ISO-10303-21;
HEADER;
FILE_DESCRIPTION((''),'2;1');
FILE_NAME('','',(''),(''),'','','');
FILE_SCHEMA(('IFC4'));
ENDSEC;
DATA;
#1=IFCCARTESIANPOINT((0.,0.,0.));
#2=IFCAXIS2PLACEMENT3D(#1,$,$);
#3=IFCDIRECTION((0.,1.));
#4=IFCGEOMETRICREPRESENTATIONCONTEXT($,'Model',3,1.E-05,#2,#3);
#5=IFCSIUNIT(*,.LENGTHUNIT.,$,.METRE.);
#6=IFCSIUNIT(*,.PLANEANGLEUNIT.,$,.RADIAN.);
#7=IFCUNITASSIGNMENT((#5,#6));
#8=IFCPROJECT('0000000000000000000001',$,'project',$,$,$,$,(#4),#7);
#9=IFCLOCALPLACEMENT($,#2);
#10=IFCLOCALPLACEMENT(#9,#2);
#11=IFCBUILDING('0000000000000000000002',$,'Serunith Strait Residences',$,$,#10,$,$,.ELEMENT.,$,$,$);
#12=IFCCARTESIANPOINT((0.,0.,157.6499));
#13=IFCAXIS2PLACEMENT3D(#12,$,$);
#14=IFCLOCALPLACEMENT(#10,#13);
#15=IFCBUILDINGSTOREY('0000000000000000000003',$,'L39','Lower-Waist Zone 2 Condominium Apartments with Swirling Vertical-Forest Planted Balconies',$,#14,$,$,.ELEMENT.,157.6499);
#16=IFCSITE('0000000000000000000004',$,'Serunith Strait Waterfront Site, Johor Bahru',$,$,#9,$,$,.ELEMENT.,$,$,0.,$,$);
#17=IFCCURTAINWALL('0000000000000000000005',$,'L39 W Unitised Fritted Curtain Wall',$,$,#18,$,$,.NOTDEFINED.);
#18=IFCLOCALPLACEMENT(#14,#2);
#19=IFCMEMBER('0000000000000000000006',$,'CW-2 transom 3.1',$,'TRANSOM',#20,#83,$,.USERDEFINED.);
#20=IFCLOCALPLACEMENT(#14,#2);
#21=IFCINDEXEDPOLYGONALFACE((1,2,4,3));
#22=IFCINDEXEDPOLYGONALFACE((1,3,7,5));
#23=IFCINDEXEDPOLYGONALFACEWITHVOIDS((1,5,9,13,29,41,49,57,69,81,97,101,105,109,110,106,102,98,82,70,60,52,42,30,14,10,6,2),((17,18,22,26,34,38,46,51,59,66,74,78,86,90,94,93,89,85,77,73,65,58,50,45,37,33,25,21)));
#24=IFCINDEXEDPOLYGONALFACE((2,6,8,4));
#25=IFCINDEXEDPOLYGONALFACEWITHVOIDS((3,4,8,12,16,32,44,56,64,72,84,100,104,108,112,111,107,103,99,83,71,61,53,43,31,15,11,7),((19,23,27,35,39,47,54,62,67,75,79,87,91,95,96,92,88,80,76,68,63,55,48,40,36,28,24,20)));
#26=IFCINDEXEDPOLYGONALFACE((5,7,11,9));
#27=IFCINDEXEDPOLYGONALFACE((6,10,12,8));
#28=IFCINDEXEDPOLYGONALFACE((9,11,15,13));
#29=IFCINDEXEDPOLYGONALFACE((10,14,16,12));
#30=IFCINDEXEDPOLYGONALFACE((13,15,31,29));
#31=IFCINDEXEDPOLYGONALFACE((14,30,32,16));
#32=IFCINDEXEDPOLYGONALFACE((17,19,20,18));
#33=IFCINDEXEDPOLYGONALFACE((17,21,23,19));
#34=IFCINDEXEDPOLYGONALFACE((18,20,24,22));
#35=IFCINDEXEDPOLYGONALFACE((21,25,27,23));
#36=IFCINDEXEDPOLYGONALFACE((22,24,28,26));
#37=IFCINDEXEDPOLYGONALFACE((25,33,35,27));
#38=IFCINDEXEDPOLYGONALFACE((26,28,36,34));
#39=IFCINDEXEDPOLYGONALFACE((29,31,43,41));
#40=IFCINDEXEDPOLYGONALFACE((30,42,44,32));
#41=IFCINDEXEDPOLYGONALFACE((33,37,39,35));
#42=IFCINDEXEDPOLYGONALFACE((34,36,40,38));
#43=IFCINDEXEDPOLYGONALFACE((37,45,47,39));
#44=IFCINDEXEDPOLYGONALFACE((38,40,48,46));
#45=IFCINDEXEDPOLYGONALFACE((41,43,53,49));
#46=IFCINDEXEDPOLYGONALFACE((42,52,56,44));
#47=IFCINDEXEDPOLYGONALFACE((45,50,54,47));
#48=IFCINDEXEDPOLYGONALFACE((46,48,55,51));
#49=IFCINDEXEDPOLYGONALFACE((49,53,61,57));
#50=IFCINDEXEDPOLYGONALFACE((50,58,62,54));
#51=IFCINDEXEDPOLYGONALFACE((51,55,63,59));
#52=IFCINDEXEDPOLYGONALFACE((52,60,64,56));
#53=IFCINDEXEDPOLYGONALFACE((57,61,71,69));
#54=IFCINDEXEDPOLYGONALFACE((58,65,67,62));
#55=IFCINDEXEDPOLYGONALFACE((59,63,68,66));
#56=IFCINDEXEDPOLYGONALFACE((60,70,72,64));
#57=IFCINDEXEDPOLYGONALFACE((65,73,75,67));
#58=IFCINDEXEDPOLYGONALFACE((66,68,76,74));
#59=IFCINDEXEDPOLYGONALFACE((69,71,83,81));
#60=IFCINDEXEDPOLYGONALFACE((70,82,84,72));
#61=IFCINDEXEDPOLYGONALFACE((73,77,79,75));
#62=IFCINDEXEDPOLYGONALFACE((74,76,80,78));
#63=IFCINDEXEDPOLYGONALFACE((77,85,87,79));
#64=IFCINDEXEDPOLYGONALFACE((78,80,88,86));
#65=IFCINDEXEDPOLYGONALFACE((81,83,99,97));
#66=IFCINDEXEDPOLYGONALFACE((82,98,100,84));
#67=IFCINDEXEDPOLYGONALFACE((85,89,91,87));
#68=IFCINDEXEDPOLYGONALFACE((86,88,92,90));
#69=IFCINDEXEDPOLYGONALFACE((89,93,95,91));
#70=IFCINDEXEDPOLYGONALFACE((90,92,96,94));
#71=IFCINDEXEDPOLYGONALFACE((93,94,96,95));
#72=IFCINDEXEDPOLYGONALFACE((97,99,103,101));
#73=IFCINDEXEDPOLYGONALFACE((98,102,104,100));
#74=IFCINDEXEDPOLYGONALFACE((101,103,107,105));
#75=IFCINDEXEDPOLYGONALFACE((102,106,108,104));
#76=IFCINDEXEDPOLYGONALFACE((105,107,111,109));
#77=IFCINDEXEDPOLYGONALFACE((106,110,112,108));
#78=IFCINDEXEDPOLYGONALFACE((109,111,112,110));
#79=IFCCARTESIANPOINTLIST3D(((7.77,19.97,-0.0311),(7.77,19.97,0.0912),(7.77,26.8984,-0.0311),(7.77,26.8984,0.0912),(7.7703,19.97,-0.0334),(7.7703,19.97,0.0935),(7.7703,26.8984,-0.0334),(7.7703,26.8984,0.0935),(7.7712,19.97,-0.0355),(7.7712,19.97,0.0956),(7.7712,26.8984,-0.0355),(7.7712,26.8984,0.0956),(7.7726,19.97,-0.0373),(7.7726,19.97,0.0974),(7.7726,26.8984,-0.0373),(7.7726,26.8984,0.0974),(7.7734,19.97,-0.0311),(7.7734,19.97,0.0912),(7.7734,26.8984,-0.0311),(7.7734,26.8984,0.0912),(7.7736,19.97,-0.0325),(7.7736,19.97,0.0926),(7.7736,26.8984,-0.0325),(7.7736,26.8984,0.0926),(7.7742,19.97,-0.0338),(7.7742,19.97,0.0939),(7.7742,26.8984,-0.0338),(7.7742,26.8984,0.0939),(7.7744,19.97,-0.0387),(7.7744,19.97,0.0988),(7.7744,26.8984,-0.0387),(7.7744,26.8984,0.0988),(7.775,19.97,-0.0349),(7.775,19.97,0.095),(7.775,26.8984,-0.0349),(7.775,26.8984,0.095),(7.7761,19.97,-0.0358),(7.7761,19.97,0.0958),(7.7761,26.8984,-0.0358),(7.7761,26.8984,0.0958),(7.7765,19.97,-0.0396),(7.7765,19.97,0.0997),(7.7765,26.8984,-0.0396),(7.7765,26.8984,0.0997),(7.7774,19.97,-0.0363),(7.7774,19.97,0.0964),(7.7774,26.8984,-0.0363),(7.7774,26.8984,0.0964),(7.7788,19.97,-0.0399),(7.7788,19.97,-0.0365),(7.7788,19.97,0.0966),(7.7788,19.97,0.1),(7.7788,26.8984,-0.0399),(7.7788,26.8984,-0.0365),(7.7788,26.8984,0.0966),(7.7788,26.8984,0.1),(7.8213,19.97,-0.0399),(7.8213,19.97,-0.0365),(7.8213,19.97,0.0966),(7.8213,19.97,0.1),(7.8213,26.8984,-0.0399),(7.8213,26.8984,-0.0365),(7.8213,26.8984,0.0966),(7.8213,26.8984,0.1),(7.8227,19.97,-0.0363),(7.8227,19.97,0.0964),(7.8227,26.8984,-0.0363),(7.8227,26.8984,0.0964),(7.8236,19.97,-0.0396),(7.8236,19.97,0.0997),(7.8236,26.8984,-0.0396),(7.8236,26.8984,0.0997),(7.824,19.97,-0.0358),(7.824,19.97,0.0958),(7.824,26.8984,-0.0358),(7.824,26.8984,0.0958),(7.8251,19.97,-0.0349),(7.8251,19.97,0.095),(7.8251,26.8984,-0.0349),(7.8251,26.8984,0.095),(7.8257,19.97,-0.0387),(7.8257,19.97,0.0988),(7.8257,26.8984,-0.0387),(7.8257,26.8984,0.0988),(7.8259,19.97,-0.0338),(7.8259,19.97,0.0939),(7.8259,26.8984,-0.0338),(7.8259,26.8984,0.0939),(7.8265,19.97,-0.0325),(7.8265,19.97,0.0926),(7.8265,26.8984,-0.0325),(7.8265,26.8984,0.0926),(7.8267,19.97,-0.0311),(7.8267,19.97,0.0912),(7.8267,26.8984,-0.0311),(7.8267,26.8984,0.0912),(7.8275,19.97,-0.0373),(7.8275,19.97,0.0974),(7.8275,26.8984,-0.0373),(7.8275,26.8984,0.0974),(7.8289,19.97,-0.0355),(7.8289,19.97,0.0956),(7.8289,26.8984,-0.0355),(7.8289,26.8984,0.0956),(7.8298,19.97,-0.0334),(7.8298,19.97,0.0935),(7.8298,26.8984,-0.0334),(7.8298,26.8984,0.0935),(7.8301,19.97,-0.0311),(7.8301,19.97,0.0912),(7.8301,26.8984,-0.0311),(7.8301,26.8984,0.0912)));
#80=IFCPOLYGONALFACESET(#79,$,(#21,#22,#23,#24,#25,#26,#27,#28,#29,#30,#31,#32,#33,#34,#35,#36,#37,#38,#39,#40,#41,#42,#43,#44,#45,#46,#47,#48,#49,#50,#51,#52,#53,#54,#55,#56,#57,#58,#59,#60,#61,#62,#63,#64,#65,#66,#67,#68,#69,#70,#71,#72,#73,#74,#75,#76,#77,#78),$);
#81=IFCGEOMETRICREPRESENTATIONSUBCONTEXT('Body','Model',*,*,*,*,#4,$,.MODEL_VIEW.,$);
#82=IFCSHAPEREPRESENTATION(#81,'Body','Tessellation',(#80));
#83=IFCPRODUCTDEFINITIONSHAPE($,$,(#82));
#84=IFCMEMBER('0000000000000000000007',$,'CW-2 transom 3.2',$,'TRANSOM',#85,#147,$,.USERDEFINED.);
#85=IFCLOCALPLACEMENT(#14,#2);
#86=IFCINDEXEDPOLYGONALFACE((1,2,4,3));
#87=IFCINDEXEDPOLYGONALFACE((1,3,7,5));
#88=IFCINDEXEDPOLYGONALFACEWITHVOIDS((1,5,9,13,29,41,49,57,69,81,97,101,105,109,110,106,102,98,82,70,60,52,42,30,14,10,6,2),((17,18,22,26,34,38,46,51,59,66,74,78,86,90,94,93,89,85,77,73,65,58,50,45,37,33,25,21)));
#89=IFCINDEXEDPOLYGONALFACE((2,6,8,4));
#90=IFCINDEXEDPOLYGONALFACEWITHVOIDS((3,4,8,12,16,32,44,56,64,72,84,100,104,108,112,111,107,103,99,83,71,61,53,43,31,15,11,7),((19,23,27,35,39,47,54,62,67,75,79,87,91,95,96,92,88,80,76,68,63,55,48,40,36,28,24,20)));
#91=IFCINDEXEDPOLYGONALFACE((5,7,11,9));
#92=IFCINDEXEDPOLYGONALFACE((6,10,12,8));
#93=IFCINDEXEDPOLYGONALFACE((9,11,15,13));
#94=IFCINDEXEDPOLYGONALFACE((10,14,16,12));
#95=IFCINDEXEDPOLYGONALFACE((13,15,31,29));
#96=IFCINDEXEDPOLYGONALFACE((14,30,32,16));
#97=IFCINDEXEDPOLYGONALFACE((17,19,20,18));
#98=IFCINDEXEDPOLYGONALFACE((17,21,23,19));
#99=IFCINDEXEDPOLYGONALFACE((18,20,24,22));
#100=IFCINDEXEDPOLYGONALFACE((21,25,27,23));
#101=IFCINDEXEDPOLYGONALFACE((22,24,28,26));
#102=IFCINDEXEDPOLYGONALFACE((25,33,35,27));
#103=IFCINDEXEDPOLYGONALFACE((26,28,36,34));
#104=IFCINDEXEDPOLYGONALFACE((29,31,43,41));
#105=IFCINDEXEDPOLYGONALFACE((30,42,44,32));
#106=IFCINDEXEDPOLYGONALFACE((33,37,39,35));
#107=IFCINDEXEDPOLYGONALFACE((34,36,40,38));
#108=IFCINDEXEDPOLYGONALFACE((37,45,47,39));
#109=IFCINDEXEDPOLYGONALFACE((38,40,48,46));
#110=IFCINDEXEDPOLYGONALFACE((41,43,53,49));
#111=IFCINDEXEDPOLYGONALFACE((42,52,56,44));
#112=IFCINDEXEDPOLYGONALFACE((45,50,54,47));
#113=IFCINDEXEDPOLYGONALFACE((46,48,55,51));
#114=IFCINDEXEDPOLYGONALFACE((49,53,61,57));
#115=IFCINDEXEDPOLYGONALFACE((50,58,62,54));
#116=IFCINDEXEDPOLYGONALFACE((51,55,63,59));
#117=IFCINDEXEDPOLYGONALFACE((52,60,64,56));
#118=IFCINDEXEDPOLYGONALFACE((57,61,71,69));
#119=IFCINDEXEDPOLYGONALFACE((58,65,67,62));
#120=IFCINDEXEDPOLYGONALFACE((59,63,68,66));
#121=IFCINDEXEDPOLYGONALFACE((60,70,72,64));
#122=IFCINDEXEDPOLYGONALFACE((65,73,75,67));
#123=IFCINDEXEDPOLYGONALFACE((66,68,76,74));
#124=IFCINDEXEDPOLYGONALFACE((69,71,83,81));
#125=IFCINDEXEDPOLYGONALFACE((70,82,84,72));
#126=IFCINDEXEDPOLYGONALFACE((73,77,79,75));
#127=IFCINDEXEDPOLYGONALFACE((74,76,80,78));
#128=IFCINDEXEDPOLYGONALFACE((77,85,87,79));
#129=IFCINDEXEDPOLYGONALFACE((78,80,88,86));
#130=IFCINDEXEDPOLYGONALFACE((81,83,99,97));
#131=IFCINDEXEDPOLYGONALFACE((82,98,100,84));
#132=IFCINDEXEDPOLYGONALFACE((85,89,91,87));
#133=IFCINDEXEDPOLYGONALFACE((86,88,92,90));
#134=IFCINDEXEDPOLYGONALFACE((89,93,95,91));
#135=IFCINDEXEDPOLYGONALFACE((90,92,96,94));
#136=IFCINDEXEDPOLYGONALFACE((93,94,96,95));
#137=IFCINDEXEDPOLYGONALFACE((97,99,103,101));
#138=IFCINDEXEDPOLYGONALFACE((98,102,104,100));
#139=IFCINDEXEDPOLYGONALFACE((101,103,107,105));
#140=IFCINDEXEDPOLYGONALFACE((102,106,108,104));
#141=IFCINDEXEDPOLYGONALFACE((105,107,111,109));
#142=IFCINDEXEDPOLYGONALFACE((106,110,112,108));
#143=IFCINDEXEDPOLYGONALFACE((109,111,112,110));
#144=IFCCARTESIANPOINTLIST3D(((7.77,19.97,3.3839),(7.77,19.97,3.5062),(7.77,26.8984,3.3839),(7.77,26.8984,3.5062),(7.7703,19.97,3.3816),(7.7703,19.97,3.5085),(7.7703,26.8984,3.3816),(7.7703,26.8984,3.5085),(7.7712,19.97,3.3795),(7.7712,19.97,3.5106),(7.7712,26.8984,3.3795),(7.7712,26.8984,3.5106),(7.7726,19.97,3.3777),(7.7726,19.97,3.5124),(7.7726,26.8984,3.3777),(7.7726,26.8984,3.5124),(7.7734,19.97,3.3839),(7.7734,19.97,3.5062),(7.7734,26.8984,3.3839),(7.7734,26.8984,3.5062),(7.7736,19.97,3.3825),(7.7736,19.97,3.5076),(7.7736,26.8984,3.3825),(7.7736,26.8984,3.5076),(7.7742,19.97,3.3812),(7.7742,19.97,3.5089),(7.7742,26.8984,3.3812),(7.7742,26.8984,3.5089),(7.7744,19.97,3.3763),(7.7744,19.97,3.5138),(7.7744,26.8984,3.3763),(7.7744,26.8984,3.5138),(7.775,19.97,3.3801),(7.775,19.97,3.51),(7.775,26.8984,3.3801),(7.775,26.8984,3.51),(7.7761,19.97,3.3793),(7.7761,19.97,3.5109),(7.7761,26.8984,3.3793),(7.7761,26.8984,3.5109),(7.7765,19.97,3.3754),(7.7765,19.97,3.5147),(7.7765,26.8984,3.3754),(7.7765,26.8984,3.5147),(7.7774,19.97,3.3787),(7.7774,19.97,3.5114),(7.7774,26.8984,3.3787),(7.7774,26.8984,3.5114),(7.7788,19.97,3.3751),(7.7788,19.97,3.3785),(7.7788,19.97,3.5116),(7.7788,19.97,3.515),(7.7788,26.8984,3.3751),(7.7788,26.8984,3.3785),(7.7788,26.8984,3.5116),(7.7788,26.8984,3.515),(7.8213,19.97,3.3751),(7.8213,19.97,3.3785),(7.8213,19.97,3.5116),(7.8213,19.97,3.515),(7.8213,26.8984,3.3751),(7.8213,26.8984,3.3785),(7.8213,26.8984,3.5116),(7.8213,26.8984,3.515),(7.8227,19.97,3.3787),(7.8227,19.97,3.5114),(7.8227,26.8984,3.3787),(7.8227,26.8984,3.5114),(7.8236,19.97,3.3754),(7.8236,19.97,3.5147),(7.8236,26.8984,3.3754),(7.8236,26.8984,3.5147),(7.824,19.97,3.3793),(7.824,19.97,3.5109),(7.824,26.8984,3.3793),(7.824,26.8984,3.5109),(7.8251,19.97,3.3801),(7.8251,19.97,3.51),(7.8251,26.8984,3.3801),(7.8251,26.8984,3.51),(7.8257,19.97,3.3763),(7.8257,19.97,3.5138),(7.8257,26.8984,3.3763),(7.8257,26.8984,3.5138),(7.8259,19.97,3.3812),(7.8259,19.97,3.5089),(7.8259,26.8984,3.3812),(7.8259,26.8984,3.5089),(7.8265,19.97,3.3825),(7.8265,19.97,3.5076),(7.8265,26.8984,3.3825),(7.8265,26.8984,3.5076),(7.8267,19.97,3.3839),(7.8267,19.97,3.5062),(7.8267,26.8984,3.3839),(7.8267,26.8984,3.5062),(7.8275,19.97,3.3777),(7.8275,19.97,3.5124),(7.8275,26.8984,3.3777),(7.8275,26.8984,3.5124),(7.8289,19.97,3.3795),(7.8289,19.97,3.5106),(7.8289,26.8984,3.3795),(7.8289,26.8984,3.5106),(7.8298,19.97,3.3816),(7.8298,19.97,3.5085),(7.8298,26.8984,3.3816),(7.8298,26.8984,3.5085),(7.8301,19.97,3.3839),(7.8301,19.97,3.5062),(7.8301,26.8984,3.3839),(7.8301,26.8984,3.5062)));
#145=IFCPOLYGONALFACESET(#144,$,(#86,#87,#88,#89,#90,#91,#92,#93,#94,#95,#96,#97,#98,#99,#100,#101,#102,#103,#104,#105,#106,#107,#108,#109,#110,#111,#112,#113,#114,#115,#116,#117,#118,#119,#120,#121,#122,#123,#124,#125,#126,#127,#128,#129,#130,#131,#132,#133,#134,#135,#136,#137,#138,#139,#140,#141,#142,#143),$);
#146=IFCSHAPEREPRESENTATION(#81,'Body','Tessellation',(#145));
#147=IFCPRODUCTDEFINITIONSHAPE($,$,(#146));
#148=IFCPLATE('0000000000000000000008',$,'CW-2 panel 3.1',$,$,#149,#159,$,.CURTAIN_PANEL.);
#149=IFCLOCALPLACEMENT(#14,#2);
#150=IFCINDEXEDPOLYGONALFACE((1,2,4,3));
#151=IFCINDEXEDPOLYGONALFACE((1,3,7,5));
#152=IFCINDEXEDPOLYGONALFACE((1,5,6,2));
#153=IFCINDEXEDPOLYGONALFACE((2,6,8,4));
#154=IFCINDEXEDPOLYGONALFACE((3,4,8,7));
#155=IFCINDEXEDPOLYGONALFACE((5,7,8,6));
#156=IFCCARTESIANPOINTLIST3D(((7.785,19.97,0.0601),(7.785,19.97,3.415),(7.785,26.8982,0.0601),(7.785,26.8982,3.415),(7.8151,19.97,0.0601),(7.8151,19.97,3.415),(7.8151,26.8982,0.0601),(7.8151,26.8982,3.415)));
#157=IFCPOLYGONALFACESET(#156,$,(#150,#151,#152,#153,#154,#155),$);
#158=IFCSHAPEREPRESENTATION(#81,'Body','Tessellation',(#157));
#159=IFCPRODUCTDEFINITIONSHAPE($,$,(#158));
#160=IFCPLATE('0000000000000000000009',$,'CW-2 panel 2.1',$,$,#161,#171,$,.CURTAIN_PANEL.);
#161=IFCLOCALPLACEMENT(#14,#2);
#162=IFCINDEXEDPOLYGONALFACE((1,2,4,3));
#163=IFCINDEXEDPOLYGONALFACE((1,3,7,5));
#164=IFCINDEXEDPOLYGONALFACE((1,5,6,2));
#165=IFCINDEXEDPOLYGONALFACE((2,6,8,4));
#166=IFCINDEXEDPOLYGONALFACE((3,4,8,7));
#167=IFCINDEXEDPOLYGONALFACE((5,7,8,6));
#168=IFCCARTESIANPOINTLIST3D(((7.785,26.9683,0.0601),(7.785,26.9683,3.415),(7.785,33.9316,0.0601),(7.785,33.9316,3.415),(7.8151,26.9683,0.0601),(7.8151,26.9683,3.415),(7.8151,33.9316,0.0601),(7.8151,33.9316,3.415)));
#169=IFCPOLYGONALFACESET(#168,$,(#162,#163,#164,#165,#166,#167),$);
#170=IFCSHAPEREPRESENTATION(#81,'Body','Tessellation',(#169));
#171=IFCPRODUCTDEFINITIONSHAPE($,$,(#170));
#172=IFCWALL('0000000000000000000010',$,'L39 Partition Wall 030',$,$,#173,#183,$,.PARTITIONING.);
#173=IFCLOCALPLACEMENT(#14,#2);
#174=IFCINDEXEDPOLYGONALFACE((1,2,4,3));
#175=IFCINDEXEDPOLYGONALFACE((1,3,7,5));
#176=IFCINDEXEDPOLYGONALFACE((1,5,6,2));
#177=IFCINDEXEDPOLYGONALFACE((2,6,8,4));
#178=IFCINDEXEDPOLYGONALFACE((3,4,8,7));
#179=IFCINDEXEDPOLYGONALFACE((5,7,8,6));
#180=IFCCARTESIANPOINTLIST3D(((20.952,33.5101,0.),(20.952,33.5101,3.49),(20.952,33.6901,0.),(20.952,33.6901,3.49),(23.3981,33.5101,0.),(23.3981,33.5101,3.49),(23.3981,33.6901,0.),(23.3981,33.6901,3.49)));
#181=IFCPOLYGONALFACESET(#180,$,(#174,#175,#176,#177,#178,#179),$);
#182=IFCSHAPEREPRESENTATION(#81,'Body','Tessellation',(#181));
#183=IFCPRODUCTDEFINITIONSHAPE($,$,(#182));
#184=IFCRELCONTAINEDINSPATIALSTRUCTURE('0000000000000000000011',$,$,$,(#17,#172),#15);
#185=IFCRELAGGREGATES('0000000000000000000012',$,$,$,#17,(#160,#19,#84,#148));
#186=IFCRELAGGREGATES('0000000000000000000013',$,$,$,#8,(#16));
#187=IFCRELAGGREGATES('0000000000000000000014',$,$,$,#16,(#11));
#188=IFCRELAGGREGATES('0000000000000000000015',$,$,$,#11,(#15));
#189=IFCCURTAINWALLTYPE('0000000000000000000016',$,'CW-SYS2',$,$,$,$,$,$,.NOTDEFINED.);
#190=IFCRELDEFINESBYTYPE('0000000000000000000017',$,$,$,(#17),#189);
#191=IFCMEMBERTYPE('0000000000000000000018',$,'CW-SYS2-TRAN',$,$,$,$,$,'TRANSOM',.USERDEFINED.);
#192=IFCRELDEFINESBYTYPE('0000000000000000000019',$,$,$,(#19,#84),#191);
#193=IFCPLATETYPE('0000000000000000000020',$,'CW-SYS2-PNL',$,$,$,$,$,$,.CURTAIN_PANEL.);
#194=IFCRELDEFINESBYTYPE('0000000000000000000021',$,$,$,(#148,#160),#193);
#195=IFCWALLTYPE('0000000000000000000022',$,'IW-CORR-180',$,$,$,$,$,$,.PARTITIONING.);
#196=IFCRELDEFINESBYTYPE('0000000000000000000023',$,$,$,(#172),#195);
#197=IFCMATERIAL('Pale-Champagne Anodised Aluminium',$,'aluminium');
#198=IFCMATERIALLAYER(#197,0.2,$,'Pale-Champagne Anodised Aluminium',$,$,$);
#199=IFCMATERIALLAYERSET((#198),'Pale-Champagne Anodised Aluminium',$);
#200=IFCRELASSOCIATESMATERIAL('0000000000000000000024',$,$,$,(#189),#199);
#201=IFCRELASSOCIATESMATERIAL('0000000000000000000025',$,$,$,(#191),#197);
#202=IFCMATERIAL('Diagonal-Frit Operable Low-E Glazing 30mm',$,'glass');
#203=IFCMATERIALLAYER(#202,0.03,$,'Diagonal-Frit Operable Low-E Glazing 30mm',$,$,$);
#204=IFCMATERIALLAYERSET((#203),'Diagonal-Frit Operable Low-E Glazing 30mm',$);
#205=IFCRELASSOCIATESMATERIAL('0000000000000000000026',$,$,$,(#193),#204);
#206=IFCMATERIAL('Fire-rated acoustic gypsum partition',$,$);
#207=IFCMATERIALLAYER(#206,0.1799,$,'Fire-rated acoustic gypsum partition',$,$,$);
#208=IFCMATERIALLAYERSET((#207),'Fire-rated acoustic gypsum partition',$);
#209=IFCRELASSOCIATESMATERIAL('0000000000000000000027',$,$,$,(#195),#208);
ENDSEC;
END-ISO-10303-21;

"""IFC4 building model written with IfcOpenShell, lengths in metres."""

from ifc_helpers import new_model, si_unit, direction, frame, frame_2d, origin, origin_2d, place, context, subcontext, project, spatial, rectangle, hollow_rectangle, extrude, source, transform, mapped, material, layer, layer_set, material_profile, profile_set, type_object, element, aggregate, save


model = new_model("IFC4")

# Units and contexts
model_context = context("Model", 3, precision=1e-05, world=origin(), true_north=direction((0.0, 1.0)))
body_context = subcontext(model_context, "Body", "Model", "MODEL_VIEW")
ifc_project = project(units=[si_unit("LENGTHUNIT", "METRE"), si_unit("PLANEANGLEUNIT", "RADIAN")], contexts=[model_context])

# Site, building, storey
site_placement = place(None, origin())
site = spatial("IfcSite", under=ifc_project, at=site_placement, Name="Serunith Strait Waterfront Site, Johor Bahru", CompositionType="ELEMENT", RefElevation=0.0)
building_placement = place(site_placement, origin())
building = spatial("IfcBuilding", under=site, at=building_placement, Name="Serunith Strait Residences", CompositionType="ELEMENT")
storey_placement = place(building_placement, frame((0.0, 0.0, 157.6499)))
storey = spatial("IfcBuildingStorey", under=building, at=storey_placement, Name="L39", Description="Lower-Waist Zone 2 Condominium Apartments with Swirling Vertical-Forest Planted Balconies", CompositionType="ELEMENT", Elevation=157.6499)

# Curtain wall, members, plates
ifc_material_1 = material(Name="Pale-Champagne Anodised Aluminium", Category="aluminium")
ifc_layer_1 = layer(ifc_material_1, 0.2, Name="Pale-Champagne Anodised Aluminium")
ifc_layer_set_1 = layer_set([ifc_layer_1], Name="Pale-Champagne Anodised Aluminium")
curtain_wall_type = type_object("IfcCurtainWallType", Name="CW-SYS2", PredefinedType="NOTDEFINED", material=ifc_layer_set_1)
curtain_wall_placement = place(storey_placement, origin())
curtain_wall = element("IfcCurtainWall", 1, at=curtain_wall_placement, inside=storey, type_object=curtain_wall_type, Name="L39 W Unitised Fritted Curtain Wall", PredefinedType="NOTDEFINED")
ifc_material_profile_1 = material_profile(ifc_material_1, hollow_rectangle(XDim=0.0601, YDim=0.1399, WallThickness=0.0034, InnerFilletRadius=0.0054, OuterFilletRadius=0.0088, at=origin_2d()), Name="ALU 140x60x3.5")
ifc_profile_set_1 = profile_set([ifc_material_profile_1], Name="Pale-Champagne Anodised Aluminium")
member_type_1 = type_object("IfcMemberType", Name="CW-SYS2-TRAN", ElementType="TRANSOM", PredefinedType="USERDEFINED", material=ifc_profile_set_1)
shared_shape_1 = source(origin(), body_context, "Body", "SweptSolid", [
    extrude(hollow_rectangle(XDim=0.0601, YDim=0.1399, WallThickness=0.0034, InnerFilletRadius=0.0054, OuterFilletRadius=0.0088, at=origin_2d()), origin(), (0.0, 0.0, 1.0), 6.9285),
])
member_1_placement = place(storey_placement, frame((7.8, 26.8984, 0.03), z_axis=(0.0, -1.0, 0.0), x_axis=(1.0, 0.0, 0.0)))
member_1 = element("IfcMember", 2, at=member_1_placement, type_object=member_type_1, Name="CW-2 transom 3.1", ObjectType="TRANSOM", PredefinedType="USERDEFINED", context=body_context, shape_type="MappedRepresentation", body=[
    mapped(shared_shape_1, transform((0.0, 0.0, 0.0), scale=1.0)),
])
member_2_placement = place(storey_placement, frame((7.8, 26.8984, 3.4451), z_axis=(0.0, -1.0, 0.0), x_axis=(1.0, 0.0, 0.0)))
member_2 = element("IfcMember", 3, at=member_2_placement, type_object=member_type_1, Name="CW-2 transom 3.2", ObjectType="TRANSOM", PredefinedType="USERDEFINED", context=body_context, shape_type="MappedRepresentation", body=[
    mapped(shared_shape_1, transform((0.0, 0.0, 0.0), scale=1.0)),
])
ifc_material_2 = material(Name="Diagonal-Frit Operable Low-E Glazing 30mm", Category="glass")
ifc_layer_2 = layer(ifc_material_2, 0.03, Name="Diagonal-Frit Operable Low-E Glazing 30mm")
ifc_layer_set_2 = layer_set([ifc_layer_2], Name="Diagonal-Frit Operable Low-E Glazing 30mm")
plate_type = type_object("IfcPlateType", Name="CW-SYS2-PNL", PredefinedType="CURTAIN_PANEL", material=ifc_layer_set_2)
shared_shape_2 = source(origin(), body_context, "Body", "SweptSolid", [
    extrude(rectangle(XDim=6.9282, YDim=0.03, at=origin_2d()), origin(), (0.0, 0.0, 1.0), 3.355),
])
plate_1_placement = place(storey_placement, frame((7.8, 23.4341, 0.0601), z_axis=(0.0, 0.0, 1.0), x_axis=(0.0, -1.0, 0.0)))
plate_1 = element("IfcPlate", 4, at=plate_1_placement, type_object=plate_type, Name="CW-2 panel 3.1", PredefinedType="CURTAIN_PANEL", context=body_context, shape_type="MappedRepresentation", body=[
    mapped(shared_shape_2, transform((0.0, 0.0, 0.0), scale=1.0)),
])
shared_shape_3 = source(origin(), body_context, "Body", "SweptSolid", [
    extrude(rectangle(XDim=6.9634, YDim=0.03, at=origin_2d()), origin(), (0.0, 0.0, 1.0), 3.355),
])
plate_2_placement = place(storey_placement, frame((7.8, 30.45, 0.0601), z_axis=(0.0, 0.0, 1.0), x_axis=(0.0, -1.0, 0.0)))
plate_2 = element("IfcPlate", 5, at=plate_2_placement, type_object=plate_type, Name="CW-2 panel 2.1", PredefinedType="CURTAIN_PANEL", context=body_context, shape_type="MappedRepresentation", body=[
    mapped(shared_shape_3, transform((0.0, 0.0, 0.0), scale=1.0)),
])
aggregate(curtain_wall, [plate_2, member_1, member_2, plate_1])

# Wall
ifc_material_3 = material(Name="Fire-rated acoustic gypsum partition")
ifc_layer_3 = layer(ifc_material_3, 0.1799, Name="Fire-rated acoustic gypsum partition")
ifc_layer_set_3 = layer_set([ifc_layer_3], Name="Fire-rated acoustic gypsum partition")
wall_type_1 = type_object("IfcWallType", Name="IW-CORR-180", PredefinedType="PARTITIONING", material=ifc_layer_set_3)
wall_1_placement = place(storey_placement, frame((20.9519, 33.6001, 0.0), z_axis=(0.0, 0.0, 1.0), x_axis=(1.0, 0.0, 0.0)))
element("IfcWall", 6, at=wall_1_placement, inside=storey, type_object=wall_type_1, Name="L39 Partition Wall 030", PredefinedType="PARTITIONING", context=body_context, shape_type="SweptSolid", body=[
    extrude(rectangle(XDim=2.446, YDim=0.1799, at=frame_2d((1.2231, 0.0))), origin(), (0.0, 0.0, 1.0), 3.49),
])

save(model, "model.ifc")
